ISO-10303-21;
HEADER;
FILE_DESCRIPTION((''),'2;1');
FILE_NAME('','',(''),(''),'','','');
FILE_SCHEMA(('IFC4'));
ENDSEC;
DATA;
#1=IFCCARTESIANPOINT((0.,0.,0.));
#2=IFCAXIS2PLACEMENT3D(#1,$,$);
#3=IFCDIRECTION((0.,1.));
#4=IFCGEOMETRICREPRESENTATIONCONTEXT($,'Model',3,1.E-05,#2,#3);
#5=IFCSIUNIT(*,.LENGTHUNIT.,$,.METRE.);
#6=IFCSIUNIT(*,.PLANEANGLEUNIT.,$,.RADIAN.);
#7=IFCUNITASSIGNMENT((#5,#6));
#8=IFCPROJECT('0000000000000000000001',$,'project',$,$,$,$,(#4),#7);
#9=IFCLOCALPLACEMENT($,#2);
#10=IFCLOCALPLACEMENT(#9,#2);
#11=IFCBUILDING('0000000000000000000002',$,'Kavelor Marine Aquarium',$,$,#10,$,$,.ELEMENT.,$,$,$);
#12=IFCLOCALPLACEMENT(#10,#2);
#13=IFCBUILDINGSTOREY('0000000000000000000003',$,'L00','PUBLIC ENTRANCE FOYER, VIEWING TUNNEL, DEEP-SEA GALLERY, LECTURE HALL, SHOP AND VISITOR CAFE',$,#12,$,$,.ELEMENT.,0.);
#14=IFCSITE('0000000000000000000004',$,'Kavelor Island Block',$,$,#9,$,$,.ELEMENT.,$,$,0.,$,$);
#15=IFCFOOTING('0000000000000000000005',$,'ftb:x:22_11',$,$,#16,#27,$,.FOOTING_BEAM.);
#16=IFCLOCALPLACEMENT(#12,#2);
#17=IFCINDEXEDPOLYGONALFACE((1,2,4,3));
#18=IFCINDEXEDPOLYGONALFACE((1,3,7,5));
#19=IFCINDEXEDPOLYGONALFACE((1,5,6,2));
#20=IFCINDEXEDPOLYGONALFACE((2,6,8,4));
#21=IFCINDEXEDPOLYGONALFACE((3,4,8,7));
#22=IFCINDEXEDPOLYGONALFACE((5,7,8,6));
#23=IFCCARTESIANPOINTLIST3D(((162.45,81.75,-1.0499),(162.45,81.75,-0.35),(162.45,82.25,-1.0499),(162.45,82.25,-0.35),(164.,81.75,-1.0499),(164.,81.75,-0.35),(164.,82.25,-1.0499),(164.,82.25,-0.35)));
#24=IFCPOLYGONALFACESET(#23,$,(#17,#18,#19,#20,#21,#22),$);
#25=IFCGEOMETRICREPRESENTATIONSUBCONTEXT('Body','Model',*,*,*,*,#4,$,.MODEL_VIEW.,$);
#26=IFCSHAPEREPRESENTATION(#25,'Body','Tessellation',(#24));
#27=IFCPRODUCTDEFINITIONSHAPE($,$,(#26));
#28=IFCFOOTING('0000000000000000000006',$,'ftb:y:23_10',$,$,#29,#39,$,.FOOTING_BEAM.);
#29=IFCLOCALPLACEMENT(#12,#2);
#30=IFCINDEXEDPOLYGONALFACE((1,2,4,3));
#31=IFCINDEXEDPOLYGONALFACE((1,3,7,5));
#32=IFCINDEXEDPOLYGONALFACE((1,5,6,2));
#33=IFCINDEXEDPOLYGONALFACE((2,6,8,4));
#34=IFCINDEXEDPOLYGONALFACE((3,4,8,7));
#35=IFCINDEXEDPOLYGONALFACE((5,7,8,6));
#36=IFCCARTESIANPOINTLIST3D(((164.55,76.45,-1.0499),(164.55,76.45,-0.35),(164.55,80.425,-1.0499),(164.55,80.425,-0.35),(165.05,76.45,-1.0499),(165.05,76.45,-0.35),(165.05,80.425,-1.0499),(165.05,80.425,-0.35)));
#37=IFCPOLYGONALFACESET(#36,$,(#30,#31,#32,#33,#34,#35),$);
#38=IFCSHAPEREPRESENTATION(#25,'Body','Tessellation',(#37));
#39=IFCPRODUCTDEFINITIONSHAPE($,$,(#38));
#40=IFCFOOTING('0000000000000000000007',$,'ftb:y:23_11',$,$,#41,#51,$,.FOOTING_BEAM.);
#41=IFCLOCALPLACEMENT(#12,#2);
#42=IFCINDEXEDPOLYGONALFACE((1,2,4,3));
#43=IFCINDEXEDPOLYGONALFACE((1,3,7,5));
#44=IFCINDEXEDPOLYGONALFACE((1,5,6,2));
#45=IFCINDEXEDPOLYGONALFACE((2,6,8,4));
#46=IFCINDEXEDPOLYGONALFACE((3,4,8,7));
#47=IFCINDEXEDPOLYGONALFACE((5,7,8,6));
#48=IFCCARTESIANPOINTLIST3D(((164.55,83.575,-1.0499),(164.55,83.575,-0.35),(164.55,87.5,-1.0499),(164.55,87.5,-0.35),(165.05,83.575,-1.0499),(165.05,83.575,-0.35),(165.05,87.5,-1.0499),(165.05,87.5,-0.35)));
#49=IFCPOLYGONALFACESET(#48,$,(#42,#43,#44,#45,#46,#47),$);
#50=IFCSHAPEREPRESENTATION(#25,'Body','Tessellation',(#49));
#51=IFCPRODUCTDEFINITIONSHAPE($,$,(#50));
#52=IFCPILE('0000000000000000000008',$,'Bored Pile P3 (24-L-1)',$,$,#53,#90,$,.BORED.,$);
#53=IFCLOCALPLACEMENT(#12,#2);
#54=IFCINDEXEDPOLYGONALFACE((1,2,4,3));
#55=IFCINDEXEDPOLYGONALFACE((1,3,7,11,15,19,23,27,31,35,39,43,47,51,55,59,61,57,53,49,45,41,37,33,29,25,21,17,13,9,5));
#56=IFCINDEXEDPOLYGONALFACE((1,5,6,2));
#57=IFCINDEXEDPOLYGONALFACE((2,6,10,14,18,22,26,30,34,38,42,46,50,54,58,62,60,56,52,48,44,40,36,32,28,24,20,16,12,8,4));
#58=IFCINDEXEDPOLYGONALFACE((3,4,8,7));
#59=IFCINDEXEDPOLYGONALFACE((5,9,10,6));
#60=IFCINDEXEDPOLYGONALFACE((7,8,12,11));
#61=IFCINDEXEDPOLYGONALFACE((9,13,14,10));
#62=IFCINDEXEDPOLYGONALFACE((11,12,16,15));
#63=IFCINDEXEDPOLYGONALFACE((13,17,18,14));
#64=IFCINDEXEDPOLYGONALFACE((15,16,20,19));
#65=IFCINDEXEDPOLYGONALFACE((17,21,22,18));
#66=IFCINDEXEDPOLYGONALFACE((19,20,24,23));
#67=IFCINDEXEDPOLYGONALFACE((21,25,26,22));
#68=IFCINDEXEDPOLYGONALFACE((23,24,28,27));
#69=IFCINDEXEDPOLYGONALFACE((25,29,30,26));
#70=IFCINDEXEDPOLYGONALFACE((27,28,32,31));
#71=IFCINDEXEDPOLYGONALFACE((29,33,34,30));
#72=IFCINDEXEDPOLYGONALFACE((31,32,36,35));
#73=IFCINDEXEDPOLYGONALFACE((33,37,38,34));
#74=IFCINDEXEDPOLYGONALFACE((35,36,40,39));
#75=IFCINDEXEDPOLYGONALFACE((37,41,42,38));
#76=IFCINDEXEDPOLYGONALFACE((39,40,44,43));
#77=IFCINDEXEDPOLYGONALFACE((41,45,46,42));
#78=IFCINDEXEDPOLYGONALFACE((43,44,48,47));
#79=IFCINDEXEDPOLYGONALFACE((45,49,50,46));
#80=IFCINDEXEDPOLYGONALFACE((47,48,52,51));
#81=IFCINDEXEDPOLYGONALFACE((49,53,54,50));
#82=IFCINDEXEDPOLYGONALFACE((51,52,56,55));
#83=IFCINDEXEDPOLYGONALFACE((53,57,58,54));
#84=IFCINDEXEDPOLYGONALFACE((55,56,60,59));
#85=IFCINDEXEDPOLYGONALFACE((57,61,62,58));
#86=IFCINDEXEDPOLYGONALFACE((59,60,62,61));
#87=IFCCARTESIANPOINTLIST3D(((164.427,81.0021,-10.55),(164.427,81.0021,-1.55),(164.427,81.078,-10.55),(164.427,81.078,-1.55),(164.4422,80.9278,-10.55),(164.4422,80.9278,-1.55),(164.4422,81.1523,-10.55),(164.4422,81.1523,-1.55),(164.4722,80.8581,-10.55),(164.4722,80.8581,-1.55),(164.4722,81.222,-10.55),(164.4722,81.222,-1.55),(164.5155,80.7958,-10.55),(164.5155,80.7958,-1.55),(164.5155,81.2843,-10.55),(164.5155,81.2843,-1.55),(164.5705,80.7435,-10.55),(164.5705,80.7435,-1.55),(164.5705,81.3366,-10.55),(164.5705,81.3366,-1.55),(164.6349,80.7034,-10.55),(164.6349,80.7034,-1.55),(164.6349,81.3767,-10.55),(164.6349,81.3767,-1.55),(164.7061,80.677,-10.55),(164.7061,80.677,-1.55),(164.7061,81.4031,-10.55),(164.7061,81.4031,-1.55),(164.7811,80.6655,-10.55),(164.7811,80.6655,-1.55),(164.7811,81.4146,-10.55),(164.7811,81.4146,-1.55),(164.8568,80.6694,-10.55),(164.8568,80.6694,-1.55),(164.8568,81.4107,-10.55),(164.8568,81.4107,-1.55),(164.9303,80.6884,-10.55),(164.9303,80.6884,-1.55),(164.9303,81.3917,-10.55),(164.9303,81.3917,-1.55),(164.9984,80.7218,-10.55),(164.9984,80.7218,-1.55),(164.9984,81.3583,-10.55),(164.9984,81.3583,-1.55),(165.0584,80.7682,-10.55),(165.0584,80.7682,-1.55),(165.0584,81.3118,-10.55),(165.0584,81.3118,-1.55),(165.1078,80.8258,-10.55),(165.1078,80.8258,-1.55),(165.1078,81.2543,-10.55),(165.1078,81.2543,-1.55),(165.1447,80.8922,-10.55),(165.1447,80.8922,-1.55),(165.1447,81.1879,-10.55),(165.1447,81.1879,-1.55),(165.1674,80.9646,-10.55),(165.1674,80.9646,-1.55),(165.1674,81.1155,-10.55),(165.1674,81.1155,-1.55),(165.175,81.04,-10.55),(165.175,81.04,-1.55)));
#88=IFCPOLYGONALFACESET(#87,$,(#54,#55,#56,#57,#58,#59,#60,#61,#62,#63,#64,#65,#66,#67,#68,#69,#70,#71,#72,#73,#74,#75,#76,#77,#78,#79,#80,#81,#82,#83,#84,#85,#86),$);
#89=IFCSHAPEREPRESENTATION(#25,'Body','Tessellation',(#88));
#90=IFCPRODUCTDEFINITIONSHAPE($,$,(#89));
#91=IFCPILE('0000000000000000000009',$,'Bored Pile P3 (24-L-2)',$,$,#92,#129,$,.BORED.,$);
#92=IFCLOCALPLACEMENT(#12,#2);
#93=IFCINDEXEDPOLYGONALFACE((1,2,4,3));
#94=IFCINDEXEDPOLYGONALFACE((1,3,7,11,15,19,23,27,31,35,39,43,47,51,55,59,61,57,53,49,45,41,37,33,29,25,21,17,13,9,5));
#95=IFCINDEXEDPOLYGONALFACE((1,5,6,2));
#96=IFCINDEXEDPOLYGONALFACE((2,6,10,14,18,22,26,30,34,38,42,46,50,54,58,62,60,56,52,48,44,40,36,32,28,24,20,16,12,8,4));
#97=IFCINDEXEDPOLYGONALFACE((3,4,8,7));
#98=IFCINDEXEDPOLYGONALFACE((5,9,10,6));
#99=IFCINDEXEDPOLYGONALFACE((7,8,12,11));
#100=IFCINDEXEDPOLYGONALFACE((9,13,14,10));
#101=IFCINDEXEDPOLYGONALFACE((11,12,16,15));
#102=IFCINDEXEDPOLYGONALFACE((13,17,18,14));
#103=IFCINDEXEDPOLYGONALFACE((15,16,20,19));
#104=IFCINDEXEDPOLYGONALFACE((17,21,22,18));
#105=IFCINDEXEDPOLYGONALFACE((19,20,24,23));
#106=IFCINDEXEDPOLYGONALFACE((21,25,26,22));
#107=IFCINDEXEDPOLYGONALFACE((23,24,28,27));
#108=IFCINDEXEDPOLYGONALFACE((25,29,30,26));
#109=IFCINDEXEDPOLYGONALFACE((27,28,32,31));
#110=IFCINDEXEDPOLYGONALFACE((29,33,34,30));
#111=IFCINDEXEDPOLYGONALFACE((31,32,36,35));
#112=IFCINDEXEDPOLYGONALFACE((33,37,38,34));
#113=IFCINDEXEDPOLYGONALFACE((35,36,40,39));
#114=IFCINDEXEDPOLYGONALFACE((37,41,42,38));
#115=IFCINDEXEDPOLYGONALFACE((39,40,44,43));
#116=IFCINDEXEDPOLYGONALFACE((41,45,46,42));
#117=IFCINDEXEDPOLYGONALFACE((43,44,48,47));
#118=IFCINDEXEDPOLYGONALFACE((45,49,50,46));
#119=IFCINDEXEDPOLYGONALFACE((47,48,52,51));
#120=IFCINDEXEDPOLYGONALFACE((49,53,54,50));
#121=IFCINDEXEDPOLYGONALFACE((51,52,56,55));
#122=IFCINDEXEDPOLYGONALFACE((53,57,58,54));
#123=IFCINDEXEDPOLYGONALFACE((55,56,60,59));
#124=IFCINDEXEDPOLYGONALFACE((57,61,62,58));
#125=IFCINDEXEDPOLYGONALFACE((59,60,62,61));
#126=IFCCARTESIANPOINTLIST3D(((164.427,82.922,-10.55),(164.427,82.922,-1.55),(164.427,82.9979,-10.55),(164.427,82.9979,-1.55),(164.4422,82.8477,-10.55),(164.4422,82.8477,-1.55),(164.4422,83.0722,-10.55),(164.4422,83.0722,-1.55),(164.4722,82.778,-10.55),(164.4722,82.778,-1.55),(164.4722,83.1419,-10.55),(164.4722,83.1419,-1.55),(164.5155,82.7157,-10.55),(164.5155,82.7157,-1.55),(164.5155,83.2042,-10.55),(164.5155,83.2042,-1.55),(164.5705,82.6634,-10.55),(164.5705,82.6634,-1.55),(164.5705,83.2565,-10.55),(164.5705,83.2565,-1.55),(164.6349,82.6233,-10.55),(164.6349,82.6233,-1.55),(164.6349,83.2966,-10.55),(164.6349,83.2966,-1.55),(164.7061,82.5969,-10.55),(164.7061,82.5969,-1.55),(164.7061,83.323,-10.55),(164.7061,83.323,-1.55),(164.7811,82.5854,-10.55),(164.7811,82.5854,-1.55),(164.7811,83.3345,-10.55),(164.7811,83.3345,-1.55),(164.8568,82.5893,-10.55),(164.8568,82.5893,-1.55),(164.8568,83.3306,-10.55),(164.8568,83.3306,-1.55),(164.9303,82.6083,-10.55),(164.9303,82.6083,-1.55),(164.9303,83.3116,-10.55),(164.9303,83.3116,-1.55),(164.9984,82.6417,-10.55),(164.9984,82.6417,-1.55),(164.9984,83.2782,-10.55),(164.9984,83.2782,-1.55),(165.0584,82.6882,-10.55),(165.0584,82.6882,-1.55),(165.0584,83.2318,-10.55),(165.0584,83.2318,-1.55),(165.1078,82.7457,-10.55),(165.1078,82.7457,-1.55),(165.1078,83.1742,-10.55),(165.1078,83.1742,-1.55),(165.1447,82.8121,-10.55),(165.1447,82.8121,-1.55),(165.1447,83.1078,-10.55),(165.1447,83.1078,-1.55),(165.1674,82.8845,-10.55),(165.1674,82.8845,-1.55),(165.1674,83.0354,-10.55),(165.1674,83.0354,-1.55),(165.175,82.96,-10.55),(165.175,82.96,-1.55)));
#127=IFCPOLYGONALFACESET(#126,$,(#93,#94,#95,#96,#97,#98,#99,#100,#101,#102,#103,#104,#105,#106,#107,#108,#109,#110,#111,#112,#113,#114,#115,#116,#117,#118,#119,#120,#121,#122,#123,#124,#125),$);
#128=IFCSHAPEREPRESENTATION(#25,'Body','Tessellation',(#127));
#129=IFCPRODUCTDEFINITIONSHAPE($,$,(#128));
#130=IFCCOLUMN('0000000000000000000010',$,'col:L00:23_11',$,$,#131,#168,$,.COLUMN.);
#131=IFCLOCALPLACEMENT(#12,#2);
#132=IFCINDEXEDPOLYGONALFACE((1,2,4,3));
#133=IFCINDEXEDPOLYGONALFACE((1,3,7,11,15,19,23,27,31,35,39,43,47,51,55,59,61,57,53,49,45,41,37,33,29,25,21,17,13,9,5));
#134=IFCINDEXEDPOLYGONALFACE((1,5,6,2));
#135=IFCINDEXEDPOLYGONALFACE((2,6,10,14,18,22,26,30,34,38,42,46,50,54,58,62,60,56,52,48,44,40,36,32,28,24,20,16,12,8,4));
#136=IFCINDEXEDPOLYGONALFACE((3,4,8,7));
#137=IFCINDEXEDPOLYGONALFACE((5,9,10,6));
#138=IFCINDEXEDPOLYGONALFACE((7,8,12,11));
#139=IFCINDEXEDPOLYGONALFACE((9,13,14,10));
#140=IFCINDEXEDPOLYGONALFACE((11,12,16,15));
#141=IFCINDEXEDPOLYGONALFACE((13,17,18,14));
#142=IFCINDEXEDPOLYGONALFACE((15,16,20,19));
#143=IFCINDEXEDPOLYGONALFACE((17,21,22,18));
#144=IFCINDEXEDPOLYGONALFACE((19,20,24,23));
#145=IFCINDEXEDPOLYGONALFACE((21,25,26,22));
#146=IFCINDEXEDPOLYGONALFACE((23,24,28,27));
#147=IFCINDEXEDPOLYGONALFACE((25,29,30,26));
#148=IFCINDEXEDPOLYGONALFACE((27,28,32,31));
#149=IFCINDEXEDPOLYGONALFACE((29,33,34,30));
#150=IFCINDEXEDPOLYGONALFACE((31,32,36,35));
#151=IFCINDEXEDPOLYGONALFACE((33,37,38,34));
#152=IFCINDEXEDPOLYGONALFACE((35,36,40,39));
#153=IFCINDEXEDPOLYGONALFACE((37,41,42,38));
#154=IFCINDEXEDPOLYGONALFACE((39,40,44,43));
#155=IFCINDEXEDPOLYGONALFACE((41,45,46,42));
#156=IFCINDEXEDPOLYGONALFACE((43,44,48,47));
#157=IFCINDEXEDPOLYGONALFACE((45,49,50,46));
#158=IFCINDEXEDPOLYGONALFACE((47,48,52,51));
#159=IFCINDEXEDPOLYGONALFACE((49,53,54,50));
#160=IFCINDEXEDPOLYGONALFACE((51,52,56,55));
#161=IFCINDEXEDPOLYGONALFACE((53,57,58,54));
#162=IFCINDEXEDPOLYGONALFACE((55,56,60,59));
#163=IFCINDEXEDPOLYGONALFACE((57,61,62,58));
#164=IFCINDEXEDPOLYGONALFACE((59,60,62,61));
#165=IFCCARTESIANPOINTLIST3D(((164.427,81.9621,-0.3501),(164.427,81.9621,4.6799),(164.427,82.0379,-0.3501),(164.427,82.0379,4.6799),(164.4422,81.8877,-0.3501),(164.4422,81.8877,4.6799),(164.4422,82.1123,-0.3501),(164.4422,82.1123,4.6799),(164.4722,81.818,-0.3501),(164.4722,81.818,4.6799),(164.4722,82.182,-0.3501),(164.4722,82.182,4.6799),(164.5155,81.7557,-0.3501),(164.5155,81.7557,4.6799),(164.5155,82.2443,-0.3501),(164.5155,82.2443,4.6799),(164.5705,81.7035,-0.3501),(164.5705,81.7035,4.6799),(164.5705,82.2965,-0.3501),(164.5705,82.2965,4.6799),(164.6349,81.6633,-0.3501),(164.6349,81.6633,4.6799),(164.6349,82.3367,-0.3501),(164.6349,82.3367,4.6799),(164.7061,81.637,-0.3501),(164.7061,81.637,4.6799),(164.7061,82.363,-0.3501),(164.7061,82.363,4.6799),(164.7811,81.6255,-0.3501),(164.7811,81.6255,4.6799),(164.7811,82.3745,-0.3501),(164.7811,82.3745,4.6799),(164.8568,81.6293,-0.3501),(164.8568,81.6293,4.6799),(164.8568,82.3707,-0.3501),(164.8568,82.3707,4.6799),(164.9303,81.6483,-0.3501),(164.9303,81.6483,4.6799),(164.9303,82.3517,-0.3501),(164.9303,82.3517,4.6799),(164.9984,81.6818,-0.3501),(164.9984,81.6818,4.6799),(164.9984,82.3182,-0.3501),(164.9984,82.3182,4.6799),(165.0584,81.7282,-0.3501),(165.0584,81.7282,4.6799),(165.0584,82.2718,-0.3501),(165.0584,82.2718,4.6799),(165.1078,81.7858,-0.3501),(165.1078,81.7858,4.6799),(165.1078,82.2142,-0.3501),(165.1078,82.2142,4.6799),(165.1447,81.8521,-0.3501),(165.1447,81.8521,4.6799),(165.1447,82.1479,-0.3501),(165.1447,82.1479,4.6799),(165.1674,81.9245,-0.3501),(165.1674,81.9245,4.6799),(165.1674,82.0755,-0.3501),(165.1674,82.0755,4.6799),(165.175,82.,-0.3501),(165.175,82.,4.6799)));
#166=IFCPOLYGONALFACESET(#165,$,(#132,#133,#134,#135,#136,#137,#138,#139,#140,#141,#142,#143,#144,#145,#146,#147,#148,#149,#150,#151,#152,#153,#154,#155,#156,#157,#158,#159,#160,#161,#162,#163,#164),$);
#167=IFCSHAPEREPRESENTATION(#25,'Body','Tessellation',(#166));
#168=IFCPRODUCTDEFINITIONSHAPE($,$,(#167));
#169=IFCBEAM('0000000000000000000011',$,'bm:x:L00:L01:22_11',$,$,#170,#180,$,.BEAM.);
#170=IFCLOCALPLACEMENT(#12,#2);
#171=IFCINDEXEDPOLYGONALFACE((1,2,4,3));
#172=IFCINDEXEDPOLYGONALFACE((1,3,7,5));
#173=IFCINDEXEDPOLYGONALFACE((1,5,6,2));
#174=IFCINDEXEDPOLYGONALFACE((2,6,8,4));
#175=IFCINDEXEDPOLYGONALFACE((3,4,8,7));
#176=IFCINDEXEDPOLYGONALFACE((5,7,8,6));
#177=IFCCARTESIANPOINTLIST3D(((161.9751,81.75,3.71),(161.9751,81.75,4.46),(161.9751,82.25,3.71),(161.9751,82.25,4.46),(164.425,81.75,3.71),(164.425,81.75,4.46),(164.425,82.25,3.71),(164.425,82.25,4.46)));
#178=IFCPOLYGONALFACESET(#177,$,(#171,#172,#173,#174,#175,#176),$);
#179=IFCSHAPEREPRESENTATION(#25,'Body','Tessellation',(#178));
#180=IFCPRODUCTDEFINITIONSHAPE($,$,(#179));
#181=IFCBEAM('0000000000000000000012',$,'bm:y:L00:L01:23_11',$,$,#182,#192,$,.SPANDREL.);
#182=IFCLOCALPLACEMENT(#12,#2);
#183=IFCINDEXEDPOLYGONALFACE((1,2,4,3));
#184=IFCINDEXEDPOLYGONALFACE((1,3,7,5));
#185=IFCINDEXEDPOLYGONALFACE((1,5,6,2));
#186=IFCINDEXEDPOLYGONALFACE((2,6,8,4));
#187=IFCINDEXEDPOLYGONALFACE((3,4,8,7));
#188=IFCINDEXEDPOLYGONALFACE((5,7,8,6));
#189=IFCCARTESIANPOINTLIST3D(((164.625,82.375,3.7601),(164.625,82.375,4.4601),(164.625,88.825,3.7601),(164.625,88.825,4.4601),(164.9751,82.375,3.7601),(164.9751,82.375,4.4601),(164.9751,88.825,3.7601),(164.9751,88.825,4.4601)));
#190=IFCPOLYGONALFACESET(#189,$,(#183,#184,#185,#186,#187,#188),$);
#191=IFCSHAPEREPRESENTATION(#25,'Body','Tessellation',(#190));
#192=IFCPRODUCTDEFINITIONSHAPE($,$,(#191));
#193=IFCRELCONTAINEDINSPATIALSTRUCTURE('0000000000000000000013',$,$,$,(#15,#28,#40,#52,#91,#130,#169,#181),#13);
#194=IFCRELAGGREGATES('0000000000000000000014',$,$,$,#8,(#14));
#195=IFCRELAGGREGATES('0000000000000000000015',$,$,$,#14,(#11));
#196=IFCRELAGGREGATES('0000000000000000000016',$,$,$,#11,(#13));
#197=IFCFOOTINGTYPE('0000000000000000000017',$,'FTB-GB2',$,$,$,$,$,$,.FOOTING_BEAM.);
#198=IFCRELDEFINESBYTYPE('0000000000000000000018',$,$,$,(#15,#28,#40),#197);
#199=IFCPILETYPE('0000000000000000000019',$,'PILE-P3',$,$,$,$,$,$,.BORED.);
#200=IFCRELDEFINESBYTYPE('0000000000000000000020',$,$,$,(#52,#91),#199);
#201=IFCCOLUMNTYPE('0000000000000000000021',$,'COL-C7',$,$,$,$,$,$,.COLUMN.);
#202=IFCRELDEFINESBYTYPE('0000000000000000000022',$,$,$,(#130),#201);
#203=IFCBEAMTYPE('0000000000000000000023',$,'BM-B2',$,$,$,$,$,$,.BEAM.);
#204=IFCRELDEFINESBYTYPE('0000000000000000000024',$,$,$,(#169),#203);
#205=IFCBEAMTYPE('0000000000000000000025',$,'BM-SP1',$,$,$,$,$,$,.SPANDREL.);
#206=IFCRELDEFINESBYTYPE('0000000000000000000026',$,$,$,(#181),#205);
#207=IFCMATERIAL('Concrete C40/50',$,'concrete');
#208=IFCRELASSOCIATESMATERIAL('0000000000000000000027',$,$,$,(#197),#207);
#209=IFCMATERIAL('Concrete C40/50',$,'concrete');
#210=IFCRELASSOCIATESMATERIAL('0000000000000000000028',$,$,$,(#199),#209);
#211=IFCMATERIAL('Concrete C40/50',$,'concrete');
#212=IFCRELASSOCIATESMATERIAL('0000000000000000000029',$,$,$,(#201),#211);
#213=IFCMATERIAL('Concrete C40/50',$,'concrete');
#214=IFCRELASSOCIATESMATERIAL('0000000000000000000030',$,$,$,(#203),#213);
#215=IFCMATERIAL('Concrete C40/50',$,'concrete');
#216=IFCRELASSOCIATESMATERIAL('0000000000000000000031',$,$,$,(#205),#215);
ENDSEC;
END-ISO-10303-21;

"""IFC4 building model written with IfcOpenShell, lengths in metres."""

from ifc_helpers import new_model, si_unit, direction, frame, origin, origin_2d, place, context, subcontext, project, spatial, rectangle, circle, extrude, material, material_profile, profile_set, type_object, element, save


model = new_model("IFC4")

# Units and contexts
model_context = context("Model", 3, precision=1e-05, world=origin(), true_north=direction((0.0, 1.0)))
body_context = subcontext(model_context, "Body", "Model", "MODEL_VIEW")
ifc_project = project(units=[si_unit("LENGTHUNIT", "METRE"), si_unit("PLANEANGLEUNIT", "RADIAN")], contexts=[model_context])

# Site, building, storey
site_placement = place(None, origin())
site = spatial("IfcSite", under=ifc_project, at=site_placement, Name="Kavelor Island Block", CompositionType="ELEMENT", RefElevation=0.0)
building_placement = place(site_placement, origin())
building = spatial("IfcBuilding", under=site, at=building_placement, Name="Kavelor Marine Aquarium", CompositionType="ELEMENT")
storey_placement = place(building_placement, origin())
storey = spatial("IfcBuildingStorey", under=building, at=storey_placement, Name="L00", Description="PUBLIC ENTRANCE FOYER, VIEWING TUNNEL, DEEP-SEA GALLERY, LECTURE HALL, SHOP AND VISITOR CAFE", CompositionType="ELEMENT", Elevation=0.0)

# Footings
ifc_material_1 = material(Name="Concrete C40/50", Category="concrete")
ifc_material_profile_1 = material_profile(ifc_material_1, rectangle(XDim=0.5, YDim=0.7, at=origin_2d()), Name="GB 500x700")
ifc_profile_set_1 = profile_set([ifc_material_profile_1], Name="Concrete C40/50")
footing_type = type_object("IfcFootingType", Name="FTB-GB2", PredefinedType="FOOTING_BEAM", material=ifc_profile_set_1)
footing_1_placement = place(storey_placement, frame((162.45, 82.0, -0.7), z_axis=(1.0, 0.0, 0.0), x_axis=(0.0, 1.0, 0.0)))
element("IfcFooting", 1, at=footing_1_placement, inside=storey, type_object=footing_type, Name="ftb:x:22_11", PredefinedType="FOOTING_BEAM", context=body_context, shape_type="SweptSolid", body=[
    extrude(rectangle(XDim=0.5, YDim=0.7, at=origin_2d()), origin(), (0.0, 0.0, 1.0), 1.55),
])
footing_2_placement = place(storey_placement, frame((164.8, 76.45, -0.7), z_axis=(0.0, 1.0, 0.0), x_axis=(-1.0, 0.0, 0.0)))
element("IfcFooting", 2, at=footing_2_placement, inside=storey, type_object=footing_type, Name="ftb:y:23_10", PredefinedType="FOOTING_BEAM", context=body_context, shape_type="SweptSolid", body=[
    extrude(rectangle(XDim=0.5, YDim=0.7, at=origin_2d()), origin(), (0.0, 0.0, 1.0), 3.9751),
])
footing_3_placement = place(storey_placement, frame((164.8, 83.575, -0.7), z_axis=(0.0, 1.0, 0.0), x_axis=(-1.0, 0.0, 0.0)))
element("IfcFooting", 3, at=footing_3_placement, inside=storey, type_object=footing_type, Name="ftb:y:23_11", PredefinedType="FOOTING_BEAM", context=body_context, shape_type="SweptSolid", body=[
    extrude(rectangle(XDim=0.5, YDim=0.7, at=origin_2d()), origin(), (0.0, 0.0, 1.0), 3.925),
])

# Piles
ifc_material_2 = material(Name="Concrete C40/50", Category="concrete")
ifc_material_profile_2 = material_profile(ifc_material_2, circle(Radius=0.375, at=origin_2d()), Name="PILE D750")
ifc_profile_set_2 = profile_set([ifc_material_profile_2], Name="Concrete C40/50")
pile_type = type_object("IfcPileType", Name="PILE-P3", PredefinedType="BORED", material=ifc_profile_set_2)
for number, where, z_axis, x_axis, name in (
    (4, (164.8, 81.04, -1.55), (0.0, 0.0, -1.0), (1.0, 0.0, 0.0), "Bored Pile P3 (24-L-1)"),
    (5, (164.8, 82.96, -1.55), (0.0, 0.0, -1.0), (1.0, 0.0, 0.0), "Bored Pile P3 (24-L-2)"),
):
    element("IfcPile", number, at=place(storey_placement, frame(where, z_axis=z_axis, x_axis=x_axis)), inside=storey, type_object=pile_type, Name=name, PredefinedType="BORED", context=body_context, shape_type="SweptSolid", body=[
        extrude(circle(Radius=0.375, at=origin_2d()), origin(), (0.0, 0.0, 1.0), 9.0),
    ])

# Column
ifc_material_3 = material(Name="Concrete C40/50", Category="concrete")
ifc_material_profile_3 = material_profile(ifc_material_3, circle(Radius=0.375, at=origin_2d()), Name="RC-COL D750")
ifc_profile_set_3 = profile_set([ifc_material_profile_3], Name="Concrete C40/50")
column_type = type_object("IfcColumnType", Name="COL-C7", PredefinedType="COLUMN", material=ifc_profile_set_3)
column_placement = place(storey_placement, frame((164.8, 82.0, -0.3501), z_axis=(0.0, 0.0, 1.0), x_axis=(1.0, 0.0, 0.0)))
element("IfcColumn", 6, at=column_placement, inside=storey, type_object=column_type, Name="col:L00:23_11", PredefinedType="COLUMN", context=body_context, shape_type="SweptSolid", body=[
    extrude(circle(Radius=0.375, at=origin_2d()), origin(), (0.0, 0.0, 1.0), 5.03),
])

# Beams
ifc_material_4 = material(Name="Concrete C40/50", Category="concrete")
ifc_material_profile_4 = material_profile(ifc_material_4, rectangle(XDim=0.5, YDim=0.75, at=origin_2d()), Name="RC-BM 500x750")
ifc_profile_set_4 = profile_set([ifc_material_profile_4], Name="Concrete C40/50")
beam_type_1 = type_object("IfcBeamType", Name="BM-B2", PredefinedType="BEAM", material=ifc_profile_set_4)
beam_1_placement = place(storey_placement, frame((161.9751, 82.0, 4.085), z_axis=(1.0, 0.0, 0.0), x_axis=(0.0, 1.0, 0.0)))
element("IfcBeam", 7, at=beam_1_placement, inside=storey, type_object=beam_type_1, Name="bm:x:L00:L01:22_11", PredefinedType="BEAM", context=body_context, shape_type="SweptSolid", body=[
    extrude(rectangle(XDim=0.5, YDim=0.75, at=origin_2d()), origin(), (0.0, 0.0, 1.0), 2.45),
])
ifc_material_5 = material(Name="Concrete C40/50", Category="concrete")
ifc_material_profile_5 = material_profile(ifc_material_5, rectangle(XDim=0.3501, YDim=0.7, at=origin_2d()), Name="RC-SP 350x700")
ifc_profile_set_5 = profile_set([ifc_material_profile_5], Name="Concrete C40/50")
beam_type_2 = type_object("IfcBeamType", Name="BM-SP1", PredefinedType="SPANDREL", material=ifc_profile_set_5)
beam_2_placement = place(storey_placement, frame((164.8, 82.375, 4.1101), z_axis=(0.0, 1.0, 0.0), x_axis=(-1.0, 0.0, 0.0)))
element("IfcBeam", 8, at=beam_2_placement, inside=storey, type_object=beam_type_2, Name="bm:y:L00:L01:23_11", PredefinedType="SPANDREL", context=body_context, shape_type="SweptSolid", body=[
    extrude(rectangle(XDim=0.3501, YDim=0.7, at=origin_2d()), origin(), (0.0, 0.0, 1.0), 6.45),
])

save(model, "model.ifc")
